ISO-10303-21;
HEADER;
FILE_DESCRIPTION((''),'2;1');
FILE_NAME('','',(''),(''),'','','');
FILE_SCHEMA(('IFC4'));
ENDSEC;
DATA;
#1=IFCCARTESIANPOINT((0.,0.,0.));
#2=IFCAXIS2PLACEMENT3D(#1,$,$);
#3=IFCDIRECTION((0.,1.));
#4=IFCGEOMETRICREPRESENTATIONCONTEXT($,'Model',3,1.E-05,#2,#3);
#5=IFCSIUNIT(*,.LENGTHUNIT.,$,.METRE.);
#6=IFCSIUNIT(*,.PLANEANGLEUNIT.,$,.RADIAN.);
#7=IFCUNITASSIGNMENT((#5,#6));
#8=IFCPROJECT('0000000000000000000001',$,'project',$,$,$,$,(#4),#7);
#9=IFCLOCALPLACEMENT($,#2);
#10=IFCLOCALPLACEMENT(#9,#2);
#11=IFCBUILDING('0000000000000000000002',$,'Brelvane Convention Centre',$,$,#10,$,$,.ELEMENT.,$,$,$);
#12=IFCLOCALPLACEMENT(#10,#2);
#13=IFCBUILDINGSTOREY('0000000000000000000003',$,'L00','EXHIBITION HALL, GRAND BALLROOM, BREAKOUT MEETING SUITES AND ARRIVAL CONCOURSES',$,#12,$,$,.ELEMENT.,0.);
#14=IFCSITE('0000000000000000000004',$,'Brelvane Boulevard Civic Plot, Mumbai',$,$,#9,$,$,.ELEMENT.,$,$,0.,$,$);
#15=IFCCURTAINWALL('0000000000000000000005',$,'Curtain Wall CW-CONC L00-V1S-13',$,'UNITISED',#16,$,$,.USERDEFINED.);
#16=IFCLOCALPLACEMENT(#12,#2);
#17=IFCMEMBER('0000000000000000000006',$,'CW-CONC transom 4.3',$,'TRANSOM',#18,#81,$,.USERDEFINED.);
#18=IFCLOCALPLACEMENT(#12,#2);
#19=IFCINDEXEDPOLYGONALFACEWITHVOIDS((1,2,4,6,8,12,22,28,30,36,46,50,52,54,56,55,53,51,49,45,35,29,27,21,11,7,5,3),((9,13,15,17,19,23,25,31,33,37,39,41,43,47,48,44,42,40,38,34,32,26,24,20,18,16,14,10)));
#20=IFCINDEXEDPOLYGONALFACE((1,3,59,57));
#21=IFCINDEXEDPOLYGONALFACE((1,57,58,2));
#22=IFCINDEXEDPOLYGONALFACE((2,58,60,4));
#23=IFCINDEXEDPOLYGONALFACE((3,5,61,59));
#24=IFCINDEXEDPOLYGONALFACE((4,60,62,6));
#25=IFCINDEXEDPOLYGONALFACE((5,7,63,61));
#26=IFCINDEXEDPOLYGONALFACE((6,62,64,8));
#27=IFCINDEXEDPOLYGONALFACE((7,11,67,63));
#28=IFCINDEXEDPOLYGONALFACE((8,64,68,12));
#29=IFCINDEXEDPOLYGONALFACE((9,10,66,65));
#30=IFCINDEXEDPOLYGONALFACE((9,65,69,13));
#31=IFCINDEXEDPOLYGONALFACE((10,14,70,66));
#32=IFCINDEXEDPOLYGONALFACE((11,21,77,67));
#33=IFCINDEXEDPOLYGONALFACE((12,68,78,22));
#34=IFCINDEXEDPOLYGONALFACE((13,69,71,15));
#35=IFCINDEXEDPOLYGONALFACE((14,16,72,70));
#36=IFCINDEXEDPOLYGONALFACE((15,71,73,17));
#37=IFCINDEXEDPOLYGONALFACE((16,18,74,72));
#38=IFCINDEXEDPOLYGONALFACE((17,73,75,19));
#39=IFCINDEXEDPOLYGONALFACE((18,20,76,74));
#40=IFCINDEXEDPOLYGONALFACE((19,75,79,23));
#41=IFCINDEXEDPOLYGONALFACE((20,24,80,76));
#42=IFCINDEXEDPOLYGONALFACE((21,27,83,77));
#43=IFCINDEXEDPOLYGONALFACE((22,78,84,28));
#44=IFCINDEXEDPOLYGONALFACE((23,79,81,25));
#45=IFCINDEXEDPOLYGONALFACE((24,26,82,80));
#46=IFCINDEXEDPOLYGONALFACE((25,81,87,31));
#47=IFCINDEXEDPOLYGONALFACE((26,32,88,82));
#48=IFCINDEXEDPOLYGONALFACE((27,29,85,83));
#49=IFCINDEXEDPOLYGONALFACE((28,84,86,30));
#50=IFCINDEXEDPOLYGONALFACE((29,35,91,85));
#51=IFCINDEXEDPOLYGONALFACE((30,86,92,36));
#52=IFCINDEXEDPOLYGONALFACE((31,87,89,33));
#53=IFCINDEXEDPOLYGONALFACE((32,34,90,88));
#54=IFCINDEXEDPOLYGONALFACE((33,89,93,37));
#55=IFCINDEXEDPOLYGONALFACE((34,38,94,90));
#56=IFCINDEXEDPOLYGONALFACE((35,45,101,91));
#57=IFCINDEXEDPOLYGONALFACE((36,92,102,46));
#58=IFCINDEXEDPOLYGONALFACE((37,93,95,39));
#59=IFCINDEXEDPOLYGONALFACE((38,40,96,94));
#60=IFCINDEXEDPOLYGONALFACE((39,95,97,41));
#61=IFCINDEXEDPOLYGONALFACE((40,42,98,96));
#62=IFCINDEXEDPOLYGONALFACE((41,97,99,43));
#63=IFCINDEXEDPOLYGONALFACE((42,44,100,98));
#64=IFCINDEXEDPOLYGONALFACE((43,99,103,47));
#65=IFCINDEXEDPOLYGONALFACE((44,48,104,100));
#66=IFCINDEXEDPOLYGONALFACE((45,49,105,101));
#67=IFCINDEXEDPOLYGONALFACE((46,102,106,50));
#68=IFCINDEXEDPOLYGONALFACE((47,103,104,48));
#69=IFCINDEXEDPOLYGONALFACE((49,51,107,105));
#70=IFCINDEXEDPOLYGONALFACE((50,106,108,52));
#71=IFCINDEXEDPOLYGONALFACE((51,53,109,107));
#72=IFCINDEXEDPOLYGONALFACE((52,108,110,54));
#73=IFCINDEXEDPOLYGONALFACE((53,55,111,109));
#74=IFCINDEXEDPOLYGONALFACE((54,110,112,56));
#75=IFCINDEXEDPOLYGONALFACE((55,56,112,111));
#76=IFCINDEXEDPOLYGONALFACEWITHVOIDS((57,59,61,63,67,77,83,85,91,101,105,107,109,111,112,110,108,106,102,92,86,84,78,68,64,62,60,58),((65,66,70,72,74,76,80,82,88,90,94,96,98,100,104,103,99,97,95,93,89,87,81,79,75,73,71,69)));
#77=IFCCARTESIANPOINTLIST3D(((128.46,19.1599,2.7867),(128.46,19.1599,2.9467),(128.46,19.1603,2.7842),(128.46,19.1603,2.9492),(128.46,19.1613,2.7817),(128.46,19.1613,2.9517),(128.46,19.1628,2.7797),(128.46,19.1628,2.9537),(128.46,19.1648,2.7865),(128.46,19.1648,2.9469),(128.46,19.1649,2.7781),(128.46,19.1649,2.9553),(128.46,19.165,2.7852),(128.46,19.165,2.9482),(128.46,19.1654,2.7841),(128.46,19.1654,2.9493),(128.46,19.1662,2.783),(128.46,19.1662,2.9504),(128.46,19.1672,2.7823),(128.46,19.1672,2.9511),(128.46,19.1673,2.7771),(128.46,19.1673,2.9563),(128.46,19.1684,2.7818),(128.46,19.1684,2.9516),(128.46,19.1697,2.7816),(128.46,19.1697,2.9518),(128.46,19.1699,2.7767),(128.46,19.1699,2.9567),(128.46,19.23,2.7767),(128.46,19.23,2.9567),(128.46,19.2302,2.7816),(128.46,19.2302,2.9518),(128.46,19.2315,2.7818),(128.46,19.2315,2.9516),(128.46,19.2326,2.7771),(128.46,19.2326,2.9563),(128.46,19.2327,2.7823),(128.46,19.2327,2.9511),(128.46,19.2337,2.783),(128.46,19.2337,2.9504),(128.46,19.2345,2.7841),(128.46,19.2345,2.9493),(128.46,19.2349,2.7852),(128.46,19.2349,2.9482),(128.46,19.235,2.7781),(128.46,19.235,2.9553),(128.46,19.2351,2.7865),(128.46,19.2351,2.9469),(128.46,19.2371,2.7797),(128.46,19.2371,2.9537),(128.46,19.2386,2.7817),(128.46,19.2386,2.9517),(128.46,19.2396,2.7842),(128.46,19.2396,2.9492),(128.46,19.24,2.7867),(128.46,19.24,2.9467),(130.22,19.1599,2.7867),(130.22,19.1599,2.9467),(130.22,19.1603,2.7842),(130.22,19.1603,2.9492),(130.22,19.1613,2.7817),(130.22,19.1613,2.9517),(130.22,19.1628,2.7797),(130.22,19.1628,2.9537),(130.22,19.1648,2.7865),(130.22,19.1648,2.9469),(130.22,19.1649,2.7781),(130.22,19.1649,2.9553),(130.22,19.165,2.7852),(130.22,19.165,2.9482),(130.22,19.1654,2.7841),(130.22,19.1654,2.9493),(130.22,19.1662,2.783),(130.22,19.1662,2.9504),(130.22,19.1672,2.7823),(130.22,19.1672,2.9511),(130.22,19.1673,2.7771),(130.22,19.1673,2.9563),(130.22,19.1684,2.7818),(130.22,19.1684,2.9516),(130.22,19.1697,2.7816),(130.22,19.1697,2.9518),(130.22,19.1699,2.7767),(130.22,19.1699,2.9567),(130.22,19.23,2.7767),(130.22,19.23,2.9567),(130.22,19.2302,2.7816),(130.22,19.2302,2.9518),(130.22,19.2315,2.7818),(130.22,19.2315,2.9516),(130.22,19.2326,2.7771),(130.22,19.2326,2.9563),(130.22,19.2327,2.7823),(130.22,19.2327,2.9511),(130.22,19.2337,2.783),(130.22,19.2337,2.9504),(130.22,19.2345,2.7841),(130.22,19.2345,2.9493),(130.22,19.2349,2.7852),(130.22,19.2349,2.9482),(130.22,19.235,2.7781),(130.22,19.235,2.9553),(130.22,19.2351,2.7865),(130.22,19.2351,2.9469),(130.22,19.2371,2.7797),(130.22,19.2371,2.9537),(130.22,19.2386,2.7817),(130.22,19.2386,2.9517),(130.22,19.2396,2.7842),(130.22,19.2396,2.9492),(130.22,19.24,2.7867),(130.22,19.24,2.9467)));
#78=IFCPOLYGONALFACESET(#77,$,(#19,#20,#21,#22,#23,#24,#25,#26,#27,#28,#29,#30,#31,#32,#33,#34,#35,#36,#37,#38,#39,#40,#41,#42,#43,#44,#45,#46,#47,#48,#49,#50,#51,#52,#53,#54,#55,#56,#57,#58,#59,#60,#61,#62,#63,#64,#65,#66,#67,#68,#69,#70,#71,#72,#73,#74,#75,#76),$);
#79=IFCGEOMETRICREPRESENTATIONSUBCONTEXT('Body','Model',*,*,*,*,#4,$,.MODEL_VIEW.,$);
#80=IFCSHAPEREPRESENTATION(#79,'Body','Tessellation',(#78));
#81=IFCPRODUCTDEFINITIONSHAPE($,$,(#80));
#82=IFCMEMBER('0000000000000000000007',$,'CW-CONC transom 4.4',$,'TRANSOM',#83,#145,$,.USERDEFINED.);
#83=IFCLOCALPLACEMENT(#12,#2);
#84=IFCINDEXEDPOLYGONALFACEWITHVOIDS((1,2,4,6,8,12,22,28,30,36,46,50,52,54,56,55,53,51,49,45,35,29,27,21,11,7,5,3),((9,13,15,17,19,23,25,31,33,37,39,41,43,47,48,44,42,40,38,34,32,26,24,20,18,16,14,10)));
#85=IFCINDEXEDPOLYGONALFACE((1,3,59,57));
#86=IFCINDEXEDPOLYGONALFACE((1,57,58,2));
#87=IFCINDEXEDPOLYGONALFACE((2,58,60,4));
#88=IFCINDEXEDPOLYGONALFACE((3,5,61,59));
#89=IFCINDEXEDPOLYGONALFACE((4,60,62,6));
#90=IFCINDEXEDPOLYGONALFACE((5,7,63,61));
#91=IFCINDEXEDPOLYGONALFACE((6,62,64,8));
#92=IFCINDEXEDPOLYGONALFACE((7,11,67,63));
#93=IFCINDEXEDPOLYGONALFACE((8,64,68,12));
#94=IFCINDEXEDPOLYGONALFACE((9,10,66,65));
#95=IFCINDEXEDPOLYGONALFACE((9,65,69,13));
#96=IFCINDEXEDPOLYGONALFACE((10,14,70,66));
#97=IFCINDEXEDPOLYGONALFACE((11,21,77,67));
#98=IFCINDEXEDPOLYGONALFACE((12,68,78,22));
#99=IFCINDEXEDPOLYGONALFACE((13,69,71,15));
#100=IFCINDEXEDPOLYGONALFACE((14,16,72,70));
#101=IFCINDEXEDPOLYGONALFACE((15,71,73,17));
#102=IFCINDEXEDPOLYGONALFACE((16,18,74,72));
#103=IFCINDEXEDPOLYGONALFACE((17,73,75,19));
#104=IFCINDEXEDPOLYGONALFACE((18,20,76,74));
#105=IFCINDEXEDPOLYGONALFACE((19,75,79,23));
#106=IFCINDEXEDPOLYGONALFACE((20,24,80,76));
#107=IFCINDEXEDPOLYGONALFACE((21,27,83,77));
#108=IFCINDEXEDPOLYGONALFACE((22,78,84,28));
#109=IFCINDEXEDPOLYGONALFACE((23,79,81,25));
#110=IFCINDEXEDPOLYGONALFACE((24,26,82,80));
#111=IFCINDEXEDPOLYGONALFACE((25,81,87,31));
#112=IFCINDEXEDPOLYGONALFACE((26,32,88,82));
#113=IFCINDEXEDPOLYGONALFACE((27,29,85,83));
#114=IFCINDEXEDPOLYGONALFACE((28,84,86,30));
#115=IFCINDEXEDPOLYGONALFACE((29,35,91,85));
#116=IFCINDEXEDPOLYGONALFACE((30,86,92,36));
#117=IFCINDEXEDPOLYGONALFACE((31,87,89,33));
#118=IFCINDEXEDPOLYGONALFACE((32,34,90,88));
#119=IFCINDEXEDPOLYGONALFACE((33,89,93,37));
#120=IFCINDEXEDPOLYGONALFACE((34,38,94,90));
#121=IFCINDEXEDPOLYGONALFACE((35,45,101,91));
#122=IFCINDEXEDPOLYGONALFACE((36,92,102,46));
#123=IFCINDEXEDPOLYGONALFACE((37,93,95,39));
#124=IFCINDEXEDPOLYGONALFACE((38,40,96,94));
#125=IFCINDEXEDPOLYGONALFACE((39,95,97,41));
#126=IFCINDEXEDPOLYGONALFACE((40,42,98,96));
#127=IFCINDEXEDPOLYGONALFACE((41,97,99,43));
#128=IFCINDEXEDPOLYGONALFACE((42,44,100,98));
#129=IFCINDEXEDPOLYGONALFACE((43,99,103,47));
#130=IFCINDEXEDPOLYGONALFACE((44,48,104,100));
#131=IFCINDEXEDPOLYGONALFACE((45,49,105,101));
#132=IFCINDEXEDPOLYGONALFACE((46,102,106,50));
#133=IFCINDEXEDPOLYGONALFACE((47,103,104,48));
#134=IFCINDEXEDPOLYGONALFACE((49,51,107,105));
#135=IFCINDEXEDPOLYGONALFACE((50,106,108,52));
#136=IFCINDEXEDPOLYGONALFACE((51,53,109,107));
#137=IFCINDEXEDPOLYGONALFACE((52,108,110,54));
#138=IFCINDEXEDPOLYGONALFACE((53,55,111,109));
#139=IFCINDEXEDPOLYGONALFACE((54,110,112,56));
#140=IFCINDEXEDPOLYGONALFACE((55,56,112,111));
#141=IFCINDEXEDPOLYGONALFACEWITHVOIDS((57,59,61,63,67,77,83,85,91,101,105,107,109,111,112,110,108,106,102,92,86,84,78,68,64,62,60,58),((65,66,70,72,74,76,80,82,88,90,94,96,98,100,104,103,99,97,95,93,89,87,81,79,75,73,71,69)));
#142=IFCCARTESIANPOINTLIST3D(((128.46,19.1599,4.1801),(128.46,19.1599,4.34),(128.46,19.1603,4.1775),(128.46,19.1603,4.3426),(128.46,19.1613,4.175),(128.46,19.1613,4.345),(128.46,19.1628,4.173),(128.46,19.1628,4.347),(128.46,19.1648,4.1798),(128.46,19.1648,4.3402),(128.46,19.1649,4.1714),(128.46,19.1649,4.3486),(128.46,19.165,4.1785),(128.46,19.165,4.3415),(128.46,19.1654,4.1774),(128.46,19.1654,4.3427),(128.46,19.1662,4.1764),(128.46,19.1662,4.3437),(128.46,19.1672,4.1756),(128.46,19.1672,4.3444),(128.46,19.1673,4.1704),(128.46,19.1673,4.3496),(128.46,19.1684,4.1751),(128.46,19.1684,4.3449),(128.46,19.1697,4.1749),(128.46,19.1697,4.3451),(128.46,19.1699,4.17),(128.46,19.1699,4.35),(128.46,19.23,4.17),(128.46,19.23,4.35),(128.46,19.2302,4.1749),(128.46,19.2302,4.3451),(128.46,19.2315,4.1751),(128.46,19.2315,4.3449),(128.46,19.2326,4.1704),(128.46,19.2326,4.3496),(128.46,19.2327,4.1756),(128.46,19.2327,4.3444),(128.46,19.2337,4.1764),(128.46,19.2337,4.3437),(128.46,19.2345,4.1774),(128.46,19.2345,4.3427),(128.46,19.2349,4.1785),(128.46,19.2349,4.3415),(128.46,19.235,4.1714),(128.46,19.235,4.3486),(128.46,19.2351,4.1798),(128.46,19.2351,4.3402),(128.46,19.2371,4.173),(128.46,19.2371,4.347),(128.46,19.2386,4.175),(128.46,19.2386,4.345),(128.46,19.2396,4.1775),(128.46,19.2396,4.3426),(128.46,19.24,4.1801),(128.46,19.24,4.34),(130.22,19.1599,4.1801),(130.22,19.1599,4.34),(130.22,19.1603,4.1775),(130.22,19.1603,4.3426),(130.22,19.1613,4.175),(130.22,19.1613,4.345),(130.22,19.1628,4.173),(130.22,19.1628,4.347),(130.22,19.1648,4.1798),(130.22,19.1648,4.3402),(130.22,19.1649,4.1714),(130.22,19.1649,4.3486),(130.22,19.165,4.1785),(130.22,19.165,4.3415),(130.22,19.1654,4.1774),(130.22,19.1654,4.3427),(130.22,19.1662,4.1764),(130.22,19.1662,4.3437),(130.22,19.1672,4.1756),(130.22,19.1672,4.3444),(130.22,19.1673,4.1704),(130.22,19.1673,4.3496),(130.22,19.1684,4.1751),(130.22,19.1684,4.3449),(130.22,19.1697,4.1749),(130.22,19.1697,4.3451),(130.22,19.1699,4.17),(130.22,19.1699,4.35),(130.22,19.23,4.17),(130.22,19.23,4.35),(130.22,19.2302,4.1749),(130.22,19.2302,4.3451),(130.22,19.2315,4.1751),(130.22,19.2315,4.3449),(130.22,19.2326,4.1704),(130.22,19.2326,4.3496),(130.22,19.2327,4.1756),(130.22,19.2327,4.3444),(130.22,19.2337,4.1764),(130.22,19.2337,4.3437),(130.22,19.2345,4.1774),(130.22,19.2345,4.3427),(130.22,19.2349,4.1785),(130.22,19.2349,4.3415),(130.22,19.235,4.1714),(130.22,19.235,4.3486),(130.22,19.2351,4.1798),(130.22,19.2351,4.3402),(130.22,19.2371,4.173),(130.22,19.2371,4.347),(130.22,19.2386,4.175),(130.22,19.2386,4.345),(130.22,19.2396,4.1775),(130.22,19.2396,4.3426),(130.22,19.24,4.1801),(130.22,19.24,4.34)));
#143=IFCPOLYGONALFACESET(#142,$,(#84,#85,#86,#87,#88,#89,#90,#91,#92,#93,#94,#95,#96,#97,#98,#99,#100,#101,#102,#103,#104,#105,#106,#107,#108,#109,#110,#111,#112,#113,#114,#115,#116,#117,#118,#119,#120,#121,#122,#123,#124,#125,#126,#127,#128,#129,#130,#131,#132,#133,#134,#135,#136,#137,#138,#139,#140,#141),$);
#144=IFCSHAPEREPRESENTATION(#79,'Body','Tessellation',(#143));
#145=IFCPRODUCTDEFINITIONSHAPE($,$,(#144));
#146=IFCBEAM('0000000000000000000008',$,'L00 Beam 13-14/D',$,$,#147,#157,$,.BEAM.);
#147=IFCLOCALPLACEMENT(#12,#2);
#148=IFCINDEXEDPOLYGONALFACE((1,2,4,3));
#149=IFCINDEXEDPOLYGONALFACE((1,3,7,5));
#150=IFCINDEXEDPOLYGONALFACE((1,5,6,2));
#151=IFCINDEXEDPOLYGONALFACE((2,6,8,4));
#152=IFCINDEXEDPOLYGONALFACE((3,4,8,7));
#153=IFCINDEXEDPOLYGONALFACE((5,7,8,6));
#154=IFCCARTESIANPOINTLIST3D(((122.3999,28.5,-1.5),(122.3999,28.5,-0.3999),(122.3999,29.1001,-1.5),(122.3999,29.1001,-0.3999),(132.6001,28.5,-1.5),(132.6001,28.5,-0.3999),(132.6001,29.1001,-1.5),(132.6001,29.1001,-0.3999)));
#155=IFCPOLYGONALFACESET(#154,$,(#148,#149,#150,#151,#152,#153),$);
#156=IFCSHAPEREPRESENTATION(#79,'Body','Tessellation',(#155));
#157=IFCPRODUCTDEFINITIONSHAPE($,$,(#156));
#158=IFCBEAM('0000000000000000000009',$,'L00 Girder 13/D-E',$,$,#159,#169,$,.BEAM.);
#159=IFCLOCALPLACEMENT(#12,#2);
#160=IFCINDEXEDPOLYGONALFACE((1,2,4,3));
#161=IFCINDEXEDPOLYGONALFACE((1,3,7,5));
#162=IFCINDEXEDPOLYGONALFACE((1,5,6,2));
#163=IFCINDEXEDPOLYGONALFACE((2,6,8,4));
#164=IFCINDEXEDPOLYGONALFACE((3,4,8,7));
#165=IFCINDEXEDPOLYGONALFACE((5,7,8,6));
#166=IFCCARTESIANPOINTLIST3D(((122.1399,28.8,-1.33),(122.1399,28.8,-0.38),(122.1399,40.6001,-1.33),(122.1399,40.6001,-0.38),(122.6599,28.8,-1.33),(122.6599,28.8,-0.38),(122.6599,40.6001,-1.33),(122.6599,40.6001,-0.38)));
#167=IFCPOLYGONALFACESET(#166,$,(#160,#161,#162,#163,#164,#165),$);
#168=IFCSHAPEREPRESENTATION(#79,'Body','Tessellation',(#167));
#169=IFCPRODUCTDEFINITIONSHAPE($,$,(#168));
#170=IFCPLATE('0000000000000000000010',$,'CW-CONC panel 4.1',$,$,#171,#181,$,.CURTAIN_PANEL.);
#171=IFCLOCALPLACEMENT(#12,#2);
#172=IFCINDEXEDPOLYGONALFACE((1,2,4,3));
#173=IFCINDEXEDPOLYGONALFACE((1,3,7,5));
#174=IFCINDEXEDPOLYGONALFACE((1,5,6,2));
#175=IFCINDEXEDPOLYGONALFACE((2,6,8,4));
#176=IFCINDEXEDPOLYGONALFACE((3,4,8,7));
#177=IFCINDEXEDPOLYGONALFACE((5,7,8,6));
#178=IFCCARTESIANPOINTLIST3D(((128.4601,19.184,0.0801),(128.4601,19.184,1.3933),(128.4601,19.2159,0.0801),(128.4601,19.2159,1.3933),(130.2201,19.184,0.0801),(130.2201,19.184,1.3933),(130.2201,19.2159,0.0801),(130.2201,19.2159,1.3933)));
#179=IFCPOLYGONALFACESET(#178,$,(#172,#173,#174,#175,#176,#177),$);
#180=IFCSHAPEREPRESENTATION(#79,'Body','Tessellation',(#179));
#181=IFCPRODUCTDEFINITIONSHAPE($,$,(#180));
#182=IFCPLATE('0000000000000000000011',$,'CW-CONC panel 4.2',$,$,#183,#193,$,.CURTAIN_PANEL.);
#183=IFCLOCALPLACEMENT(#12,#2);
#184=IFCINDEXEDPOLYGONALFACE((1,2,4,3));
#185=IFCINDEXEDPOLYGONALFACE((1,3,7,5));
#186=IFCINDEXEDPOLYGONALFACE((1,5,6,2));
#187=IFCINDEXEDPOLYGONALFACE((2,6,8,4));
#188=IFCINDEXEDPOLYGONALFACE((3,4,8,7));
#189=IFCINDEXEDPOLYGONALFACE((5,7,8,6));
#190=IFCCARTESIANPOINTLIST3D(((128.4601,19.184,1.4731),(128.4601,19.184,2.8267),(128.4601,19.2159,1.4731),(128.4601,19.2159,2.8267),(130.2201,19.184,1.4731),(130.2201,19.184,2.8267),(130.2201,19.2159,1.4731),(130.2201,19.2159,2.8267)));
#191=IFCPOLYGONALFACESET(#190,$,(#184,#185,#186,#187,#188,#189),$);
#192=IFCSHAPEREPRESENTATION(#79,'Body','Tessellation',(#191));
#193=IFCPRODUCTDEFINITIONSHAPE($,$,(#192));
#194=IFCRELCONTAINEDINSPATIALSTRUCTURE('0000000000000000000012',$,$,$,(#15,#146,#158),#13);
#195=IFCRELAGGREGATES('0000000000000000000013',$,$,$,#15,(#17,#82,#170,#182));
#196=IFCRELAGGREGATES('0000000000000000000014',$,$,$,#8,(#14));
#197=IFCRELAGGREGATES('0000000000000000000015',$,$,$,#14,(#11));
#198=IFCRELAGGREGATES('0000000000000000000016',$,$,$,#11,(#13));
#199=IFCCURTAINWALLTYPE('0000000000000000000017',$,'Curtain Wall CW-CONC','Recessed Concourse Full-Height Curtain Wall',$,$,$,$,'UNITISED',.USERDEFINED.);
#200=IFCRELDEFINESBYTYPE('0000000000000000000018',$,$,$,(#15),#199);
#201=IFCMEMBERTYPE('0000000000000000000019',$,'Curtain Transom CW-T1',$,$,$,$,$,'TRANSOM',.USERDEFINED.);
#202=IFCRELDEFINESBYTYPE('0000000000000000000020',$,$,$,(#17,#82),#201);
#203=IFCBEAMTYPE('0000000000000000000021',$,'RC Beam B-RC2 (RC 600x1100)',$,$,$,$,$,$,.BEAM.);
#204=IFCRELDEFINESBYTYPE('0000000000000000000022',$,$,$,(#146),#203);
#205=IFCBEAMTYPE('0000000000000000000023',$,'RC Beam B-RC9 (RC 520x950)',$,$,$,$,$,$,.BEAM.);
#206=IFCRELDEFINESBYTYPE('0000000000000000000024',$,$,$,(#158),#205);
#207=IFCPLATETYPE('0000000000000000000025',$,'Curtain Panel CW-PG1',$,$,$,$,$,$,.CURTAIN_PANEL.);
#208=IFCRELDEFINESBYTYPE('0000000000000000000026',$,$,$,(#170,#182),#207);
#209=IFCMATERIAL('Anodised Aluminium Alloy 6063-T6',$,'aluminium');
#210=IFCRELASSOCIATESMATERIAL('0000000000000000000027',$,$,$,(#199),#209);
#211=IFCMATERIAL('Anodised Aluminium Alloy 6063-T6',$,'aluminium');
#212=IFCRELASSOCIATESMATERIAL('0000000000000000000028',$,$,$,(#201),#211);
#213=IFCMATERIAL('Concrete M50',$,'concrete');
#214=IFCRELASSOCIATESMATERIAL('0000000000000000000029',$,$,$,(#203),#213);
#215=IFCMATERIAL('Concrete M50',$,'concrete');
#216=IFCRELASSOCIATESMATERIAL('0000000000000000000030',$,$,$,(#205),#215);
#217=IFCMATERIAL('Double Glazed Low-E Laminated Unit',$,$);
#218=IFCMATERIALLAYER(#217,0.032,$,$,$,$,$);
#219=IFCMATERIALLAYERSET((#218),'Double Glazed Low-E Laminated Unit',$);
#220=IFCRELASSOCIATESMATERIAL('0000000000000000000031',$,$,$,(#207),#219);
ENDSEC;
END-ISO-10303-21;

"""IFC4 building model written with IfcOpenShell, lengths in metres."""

from ifc_helpers import new_model, si_unit, direction, frame, origin, origin_2d, place, context, subcontext, project, spatial, rectangle, hollow_rectangle, extrude, material, layer, layer_set, material_profile, profile_set, type_object, element, aggregate, save


model = new_model("IFC4")

# Units and contexts
model_context = context("Model", 3, precision=1e-05, world=origin(), true_north=direction((0.0, 1.0)))
body_context = subcontext(model_context, "Body", "Model", "MODEL_VIEW")
ifc_project = project(units=[si_unit("LENGTHUNIT", "METRE"), si_unit("PLANEANGLEUNIT", "RADIAN")], contexts=[model_context])

# Site, building, storey
site_placement = place(None, origin())
site = spatial("IfcSite", under=ifc_project, at=site_placement, Name="Brelvane Boulevard Civic Plot, Mumbai", CompositionType="ELEMENT", RefElevation=0.0)
building_placement = place(site_placement, origin())
building = spatial("IfcBuilding", under=site, at=building_placement, Name="Brelvane Convention Centre", CompositionType="ELEMENT")
storey_placement = place(building_placement, origin())
storey = spatial("IfcBuildingStorey", under=building, at=storey_placement, Name="L00", Description="EXHIBITION HALL, GRAND BALLROOM, BREAKOUT MEETING SUITES AND ARRIVAL CONCOURSES", CompositionType="ELEMENT", Elevation=0.0)

# Curtain wall, members
ifc_material_1 = material(Name="Anodised Aluminium Alloy 6063-T6", Category="aluminium")
curtain_wall_type = type_object("IfcCurtainWallType", Name="Curtain Wall CW-CONC", Description="Recessed Concourse Full-Height Curtain Wall", ElementType="UNITISED", PredefinedType="USERDEFINED", material=ifc_material_1)
curtain_wall_placement = place(storey_placement, origin())
curtain_wall = element("IfcCurtainWall", 1, at=curtain_wall_placement, inside=storey, type_object=curtain_wall_type, Name="Curtain Wall CW-CONC L00-V1S-13", ObjectType="UNITISED", PredefinedType="USERDEFINED")
ifc_material_2 = material(Name="Anodised Aluminium Alloy 6063-T6", Category="aluminium")
ifc_material_profile_1 = material_profile(ifc_material_2, hollow_rectangle(XDim=0.0801, YDim=0.1799, WallThickness=0.0049, InnerFilletRadius=0.0049, OuterFilletRadius=0.01, at=origin_2d()), Name="ALU-T 180x80x5.0")
ifc_profile_set_1 = profile_set([ifc_material_profile_1], Name="Anodised Aluminium Alloy 6063-T6")
member_type_1 = type_object("IfcMemberType", Name="Curtain Transom CW-T1", ElementType="TRANSOM", PredefinedType="USERDEFINED", material=ifc_profile_set_1)
member_1_placement = place(storey_placement, frame((128.46, 19.2, 2.8667), z_axis=(1.0, 0.0, 0.0), x_axis=(0.0, 1.0, 0.0)))
member_1 = element("IfcMember", 2, at=member_1_placement, type_object=member_type_1, Name="CW-CONC transom 4.3", ObjectType="TRANSOM", PredefinedType="USERDEFINED", context=body_context, shape_type="SweptSolid", body=[
    extrude(hollow_rectangle(XDim=0.0801, YDim=0.1799, WallThickness=0.0049, InnerFilletRadius=0.0049, OuterFilletRadius=0.01, at=origin_2d()), origin(), (0.0, 0.0, 1.0), 1.76),
])
member_2_placement = place(storey_placement, frame((128.46, 19.2, 4.26), z_axis=(1.0, 0.0, 0.0), x_axis=(0.0, 1.0, 0.0)))
member_2 = element("IfcMember", 3, at=member_2_placement, type_object=member_type_1, Name="CW-CONC transom 4.4", ObjectType="TRANSOM", PredefinedType="USERDEFINED", context=body_context, shape_type="SweptSolid", body=[
    extrude(hollow_rectangle(XDim=0.0801, YDim=0.1799, WallThickness=0.0049, InnerFilletRadius=0.0049, OuterFilletRadius=0.01, at=origin_2d()), origin(), (0.0, 0.0, 1.0), 1.76),
])

# Beams
ifc_material_3 = material(Name="Concrete M50", Category="concrete")
ifc_material_profile_2 = material_profile(ifc_material_3, rectangle(XDim=0.6001, YDim=1.1001, at=origin_2d()), Name="RC 600x1100")
ifc_profile_set_2 = profile_set([ifc_material_profile_2], Name="Concrete M50")
beam_type_1 = type_object("IfcBeamType", Name="RC Beam B-RC2 (RC 600x1100)", PredefinedType="BEAM", material=ifc_profile_set_2)
beam_1_placement = place(storey_placement, frame((122.3999, 28.8, -0.95), z_axis=(1.0, 0.0, 0.0), x_axis=(0.0, 1.0, 0.0)))
element("IfcBeam", 4, at=beam_1_placement, inside=storey, type_object=beam_type_1, Name="L00 Beam 13-14/D", PredefinedType="BEAM", context=body_context, shape_type="SweptSolid", body=[
    extrude(rectangle(XDim=0.6001, YDim=1.1001, at=origin_2d()), origin(), (0.0, 0.0, 1.0), 10.2002),
])
ifc_material_4 = material(Name="Concrete M50", Category="concrete")
ifc_material_profile_3 = material_profile(ifc_material_4, rectangle(XDim=0.52, YDim=0.95, at=origin_2d()), Name="RC 520x950")
ifc_profile_set_3 = profile_set([ifc_material_profile_3], Name="Concrete M50")
beam_type_2 = type_object("IfcBeamType", Name="RC Beam B-RC9 (RC 520x950)", PredefinedType="BEAM", material=ifc_profile_set_3)
beam_2_placement = place(storey_placement, frame((122.3999, 28.8, -0.855), z_axis=(0.0, 1.0, 0.0), x_axis=(-1.0, 0.0, 0.0)))
element("IfcBeam", 5, at=beam_2_placement, inside=storey, type_object=beam_type_2, Name="L00 Girder 13/D-E", PredefinedType="BEAM", context=body_context, shape_type="SweptSolid", body=[
    extrude(rectangle(XDim=0.52, YDim=0.95, at=origin_2d()), origin(), (0.0, 0.0, 1.0), 11.8),
])

# Plates
ifc_material_5 = material(Name="Double Glazed Low-E Laminated Unit")
ifc_layer_1 = layer(ifc_material_5, 0.032)
ifc_layer_set_1 = layer_set([ifc_layer_1], Name="Double Glazed Low-E Laminated Unit")
plate_type = type_object("IfcPlateType", Name="Curtain Panel CW-PG1", PredefinedType="CURTAIN_PANEL", material=ifc_layer_set_1)
plate_1_placement = place(storey_placement, frame((129.3401, 19.2, 0.0801), z_axis=(0.0, 0.0, 1.0), x_axis=(1.0, 0.0, 0.0)))
plate_1 = element("IfcPlate", 6, at=plate_1_placement, type_object=plate_type, Name="CW-CONC panel 4.1", PredefinedType="CURTAIN_PANEL", context=body_context, shape_type="SweptSolid", body=[
    extrude(rectangle(XDim=1.76, YDim=0.032, at=origin_2d()), origin(), (0.0, 0.0, 1.0), 1.3132),
])
plate_2_placement = place(storey_placement, frame((129.3401, 19.2, 1.4731), z_axis=(0.0, 0.0, 1.0), x_axis=(1.0, 0.0, 0.0)))
plate_2 = element("IfcPlate", 7, at=plate_2_placement, type_object=plate_type, Name="CW-CONC panel 4.2", PredefinedType="CURTAIN_PANEL", context=body_context, shape_type="SweptSolid", body=[
    extrude(rectangle(XDim=1.76, YDim=0.032, at=origin_2d()), origin(), (0.0, 0.0, 1.0), 1.3535),
])
aggregate(curtain_wall, [member_1, member_2, plate_1, plate_2])

save(model, "model.ifc")
